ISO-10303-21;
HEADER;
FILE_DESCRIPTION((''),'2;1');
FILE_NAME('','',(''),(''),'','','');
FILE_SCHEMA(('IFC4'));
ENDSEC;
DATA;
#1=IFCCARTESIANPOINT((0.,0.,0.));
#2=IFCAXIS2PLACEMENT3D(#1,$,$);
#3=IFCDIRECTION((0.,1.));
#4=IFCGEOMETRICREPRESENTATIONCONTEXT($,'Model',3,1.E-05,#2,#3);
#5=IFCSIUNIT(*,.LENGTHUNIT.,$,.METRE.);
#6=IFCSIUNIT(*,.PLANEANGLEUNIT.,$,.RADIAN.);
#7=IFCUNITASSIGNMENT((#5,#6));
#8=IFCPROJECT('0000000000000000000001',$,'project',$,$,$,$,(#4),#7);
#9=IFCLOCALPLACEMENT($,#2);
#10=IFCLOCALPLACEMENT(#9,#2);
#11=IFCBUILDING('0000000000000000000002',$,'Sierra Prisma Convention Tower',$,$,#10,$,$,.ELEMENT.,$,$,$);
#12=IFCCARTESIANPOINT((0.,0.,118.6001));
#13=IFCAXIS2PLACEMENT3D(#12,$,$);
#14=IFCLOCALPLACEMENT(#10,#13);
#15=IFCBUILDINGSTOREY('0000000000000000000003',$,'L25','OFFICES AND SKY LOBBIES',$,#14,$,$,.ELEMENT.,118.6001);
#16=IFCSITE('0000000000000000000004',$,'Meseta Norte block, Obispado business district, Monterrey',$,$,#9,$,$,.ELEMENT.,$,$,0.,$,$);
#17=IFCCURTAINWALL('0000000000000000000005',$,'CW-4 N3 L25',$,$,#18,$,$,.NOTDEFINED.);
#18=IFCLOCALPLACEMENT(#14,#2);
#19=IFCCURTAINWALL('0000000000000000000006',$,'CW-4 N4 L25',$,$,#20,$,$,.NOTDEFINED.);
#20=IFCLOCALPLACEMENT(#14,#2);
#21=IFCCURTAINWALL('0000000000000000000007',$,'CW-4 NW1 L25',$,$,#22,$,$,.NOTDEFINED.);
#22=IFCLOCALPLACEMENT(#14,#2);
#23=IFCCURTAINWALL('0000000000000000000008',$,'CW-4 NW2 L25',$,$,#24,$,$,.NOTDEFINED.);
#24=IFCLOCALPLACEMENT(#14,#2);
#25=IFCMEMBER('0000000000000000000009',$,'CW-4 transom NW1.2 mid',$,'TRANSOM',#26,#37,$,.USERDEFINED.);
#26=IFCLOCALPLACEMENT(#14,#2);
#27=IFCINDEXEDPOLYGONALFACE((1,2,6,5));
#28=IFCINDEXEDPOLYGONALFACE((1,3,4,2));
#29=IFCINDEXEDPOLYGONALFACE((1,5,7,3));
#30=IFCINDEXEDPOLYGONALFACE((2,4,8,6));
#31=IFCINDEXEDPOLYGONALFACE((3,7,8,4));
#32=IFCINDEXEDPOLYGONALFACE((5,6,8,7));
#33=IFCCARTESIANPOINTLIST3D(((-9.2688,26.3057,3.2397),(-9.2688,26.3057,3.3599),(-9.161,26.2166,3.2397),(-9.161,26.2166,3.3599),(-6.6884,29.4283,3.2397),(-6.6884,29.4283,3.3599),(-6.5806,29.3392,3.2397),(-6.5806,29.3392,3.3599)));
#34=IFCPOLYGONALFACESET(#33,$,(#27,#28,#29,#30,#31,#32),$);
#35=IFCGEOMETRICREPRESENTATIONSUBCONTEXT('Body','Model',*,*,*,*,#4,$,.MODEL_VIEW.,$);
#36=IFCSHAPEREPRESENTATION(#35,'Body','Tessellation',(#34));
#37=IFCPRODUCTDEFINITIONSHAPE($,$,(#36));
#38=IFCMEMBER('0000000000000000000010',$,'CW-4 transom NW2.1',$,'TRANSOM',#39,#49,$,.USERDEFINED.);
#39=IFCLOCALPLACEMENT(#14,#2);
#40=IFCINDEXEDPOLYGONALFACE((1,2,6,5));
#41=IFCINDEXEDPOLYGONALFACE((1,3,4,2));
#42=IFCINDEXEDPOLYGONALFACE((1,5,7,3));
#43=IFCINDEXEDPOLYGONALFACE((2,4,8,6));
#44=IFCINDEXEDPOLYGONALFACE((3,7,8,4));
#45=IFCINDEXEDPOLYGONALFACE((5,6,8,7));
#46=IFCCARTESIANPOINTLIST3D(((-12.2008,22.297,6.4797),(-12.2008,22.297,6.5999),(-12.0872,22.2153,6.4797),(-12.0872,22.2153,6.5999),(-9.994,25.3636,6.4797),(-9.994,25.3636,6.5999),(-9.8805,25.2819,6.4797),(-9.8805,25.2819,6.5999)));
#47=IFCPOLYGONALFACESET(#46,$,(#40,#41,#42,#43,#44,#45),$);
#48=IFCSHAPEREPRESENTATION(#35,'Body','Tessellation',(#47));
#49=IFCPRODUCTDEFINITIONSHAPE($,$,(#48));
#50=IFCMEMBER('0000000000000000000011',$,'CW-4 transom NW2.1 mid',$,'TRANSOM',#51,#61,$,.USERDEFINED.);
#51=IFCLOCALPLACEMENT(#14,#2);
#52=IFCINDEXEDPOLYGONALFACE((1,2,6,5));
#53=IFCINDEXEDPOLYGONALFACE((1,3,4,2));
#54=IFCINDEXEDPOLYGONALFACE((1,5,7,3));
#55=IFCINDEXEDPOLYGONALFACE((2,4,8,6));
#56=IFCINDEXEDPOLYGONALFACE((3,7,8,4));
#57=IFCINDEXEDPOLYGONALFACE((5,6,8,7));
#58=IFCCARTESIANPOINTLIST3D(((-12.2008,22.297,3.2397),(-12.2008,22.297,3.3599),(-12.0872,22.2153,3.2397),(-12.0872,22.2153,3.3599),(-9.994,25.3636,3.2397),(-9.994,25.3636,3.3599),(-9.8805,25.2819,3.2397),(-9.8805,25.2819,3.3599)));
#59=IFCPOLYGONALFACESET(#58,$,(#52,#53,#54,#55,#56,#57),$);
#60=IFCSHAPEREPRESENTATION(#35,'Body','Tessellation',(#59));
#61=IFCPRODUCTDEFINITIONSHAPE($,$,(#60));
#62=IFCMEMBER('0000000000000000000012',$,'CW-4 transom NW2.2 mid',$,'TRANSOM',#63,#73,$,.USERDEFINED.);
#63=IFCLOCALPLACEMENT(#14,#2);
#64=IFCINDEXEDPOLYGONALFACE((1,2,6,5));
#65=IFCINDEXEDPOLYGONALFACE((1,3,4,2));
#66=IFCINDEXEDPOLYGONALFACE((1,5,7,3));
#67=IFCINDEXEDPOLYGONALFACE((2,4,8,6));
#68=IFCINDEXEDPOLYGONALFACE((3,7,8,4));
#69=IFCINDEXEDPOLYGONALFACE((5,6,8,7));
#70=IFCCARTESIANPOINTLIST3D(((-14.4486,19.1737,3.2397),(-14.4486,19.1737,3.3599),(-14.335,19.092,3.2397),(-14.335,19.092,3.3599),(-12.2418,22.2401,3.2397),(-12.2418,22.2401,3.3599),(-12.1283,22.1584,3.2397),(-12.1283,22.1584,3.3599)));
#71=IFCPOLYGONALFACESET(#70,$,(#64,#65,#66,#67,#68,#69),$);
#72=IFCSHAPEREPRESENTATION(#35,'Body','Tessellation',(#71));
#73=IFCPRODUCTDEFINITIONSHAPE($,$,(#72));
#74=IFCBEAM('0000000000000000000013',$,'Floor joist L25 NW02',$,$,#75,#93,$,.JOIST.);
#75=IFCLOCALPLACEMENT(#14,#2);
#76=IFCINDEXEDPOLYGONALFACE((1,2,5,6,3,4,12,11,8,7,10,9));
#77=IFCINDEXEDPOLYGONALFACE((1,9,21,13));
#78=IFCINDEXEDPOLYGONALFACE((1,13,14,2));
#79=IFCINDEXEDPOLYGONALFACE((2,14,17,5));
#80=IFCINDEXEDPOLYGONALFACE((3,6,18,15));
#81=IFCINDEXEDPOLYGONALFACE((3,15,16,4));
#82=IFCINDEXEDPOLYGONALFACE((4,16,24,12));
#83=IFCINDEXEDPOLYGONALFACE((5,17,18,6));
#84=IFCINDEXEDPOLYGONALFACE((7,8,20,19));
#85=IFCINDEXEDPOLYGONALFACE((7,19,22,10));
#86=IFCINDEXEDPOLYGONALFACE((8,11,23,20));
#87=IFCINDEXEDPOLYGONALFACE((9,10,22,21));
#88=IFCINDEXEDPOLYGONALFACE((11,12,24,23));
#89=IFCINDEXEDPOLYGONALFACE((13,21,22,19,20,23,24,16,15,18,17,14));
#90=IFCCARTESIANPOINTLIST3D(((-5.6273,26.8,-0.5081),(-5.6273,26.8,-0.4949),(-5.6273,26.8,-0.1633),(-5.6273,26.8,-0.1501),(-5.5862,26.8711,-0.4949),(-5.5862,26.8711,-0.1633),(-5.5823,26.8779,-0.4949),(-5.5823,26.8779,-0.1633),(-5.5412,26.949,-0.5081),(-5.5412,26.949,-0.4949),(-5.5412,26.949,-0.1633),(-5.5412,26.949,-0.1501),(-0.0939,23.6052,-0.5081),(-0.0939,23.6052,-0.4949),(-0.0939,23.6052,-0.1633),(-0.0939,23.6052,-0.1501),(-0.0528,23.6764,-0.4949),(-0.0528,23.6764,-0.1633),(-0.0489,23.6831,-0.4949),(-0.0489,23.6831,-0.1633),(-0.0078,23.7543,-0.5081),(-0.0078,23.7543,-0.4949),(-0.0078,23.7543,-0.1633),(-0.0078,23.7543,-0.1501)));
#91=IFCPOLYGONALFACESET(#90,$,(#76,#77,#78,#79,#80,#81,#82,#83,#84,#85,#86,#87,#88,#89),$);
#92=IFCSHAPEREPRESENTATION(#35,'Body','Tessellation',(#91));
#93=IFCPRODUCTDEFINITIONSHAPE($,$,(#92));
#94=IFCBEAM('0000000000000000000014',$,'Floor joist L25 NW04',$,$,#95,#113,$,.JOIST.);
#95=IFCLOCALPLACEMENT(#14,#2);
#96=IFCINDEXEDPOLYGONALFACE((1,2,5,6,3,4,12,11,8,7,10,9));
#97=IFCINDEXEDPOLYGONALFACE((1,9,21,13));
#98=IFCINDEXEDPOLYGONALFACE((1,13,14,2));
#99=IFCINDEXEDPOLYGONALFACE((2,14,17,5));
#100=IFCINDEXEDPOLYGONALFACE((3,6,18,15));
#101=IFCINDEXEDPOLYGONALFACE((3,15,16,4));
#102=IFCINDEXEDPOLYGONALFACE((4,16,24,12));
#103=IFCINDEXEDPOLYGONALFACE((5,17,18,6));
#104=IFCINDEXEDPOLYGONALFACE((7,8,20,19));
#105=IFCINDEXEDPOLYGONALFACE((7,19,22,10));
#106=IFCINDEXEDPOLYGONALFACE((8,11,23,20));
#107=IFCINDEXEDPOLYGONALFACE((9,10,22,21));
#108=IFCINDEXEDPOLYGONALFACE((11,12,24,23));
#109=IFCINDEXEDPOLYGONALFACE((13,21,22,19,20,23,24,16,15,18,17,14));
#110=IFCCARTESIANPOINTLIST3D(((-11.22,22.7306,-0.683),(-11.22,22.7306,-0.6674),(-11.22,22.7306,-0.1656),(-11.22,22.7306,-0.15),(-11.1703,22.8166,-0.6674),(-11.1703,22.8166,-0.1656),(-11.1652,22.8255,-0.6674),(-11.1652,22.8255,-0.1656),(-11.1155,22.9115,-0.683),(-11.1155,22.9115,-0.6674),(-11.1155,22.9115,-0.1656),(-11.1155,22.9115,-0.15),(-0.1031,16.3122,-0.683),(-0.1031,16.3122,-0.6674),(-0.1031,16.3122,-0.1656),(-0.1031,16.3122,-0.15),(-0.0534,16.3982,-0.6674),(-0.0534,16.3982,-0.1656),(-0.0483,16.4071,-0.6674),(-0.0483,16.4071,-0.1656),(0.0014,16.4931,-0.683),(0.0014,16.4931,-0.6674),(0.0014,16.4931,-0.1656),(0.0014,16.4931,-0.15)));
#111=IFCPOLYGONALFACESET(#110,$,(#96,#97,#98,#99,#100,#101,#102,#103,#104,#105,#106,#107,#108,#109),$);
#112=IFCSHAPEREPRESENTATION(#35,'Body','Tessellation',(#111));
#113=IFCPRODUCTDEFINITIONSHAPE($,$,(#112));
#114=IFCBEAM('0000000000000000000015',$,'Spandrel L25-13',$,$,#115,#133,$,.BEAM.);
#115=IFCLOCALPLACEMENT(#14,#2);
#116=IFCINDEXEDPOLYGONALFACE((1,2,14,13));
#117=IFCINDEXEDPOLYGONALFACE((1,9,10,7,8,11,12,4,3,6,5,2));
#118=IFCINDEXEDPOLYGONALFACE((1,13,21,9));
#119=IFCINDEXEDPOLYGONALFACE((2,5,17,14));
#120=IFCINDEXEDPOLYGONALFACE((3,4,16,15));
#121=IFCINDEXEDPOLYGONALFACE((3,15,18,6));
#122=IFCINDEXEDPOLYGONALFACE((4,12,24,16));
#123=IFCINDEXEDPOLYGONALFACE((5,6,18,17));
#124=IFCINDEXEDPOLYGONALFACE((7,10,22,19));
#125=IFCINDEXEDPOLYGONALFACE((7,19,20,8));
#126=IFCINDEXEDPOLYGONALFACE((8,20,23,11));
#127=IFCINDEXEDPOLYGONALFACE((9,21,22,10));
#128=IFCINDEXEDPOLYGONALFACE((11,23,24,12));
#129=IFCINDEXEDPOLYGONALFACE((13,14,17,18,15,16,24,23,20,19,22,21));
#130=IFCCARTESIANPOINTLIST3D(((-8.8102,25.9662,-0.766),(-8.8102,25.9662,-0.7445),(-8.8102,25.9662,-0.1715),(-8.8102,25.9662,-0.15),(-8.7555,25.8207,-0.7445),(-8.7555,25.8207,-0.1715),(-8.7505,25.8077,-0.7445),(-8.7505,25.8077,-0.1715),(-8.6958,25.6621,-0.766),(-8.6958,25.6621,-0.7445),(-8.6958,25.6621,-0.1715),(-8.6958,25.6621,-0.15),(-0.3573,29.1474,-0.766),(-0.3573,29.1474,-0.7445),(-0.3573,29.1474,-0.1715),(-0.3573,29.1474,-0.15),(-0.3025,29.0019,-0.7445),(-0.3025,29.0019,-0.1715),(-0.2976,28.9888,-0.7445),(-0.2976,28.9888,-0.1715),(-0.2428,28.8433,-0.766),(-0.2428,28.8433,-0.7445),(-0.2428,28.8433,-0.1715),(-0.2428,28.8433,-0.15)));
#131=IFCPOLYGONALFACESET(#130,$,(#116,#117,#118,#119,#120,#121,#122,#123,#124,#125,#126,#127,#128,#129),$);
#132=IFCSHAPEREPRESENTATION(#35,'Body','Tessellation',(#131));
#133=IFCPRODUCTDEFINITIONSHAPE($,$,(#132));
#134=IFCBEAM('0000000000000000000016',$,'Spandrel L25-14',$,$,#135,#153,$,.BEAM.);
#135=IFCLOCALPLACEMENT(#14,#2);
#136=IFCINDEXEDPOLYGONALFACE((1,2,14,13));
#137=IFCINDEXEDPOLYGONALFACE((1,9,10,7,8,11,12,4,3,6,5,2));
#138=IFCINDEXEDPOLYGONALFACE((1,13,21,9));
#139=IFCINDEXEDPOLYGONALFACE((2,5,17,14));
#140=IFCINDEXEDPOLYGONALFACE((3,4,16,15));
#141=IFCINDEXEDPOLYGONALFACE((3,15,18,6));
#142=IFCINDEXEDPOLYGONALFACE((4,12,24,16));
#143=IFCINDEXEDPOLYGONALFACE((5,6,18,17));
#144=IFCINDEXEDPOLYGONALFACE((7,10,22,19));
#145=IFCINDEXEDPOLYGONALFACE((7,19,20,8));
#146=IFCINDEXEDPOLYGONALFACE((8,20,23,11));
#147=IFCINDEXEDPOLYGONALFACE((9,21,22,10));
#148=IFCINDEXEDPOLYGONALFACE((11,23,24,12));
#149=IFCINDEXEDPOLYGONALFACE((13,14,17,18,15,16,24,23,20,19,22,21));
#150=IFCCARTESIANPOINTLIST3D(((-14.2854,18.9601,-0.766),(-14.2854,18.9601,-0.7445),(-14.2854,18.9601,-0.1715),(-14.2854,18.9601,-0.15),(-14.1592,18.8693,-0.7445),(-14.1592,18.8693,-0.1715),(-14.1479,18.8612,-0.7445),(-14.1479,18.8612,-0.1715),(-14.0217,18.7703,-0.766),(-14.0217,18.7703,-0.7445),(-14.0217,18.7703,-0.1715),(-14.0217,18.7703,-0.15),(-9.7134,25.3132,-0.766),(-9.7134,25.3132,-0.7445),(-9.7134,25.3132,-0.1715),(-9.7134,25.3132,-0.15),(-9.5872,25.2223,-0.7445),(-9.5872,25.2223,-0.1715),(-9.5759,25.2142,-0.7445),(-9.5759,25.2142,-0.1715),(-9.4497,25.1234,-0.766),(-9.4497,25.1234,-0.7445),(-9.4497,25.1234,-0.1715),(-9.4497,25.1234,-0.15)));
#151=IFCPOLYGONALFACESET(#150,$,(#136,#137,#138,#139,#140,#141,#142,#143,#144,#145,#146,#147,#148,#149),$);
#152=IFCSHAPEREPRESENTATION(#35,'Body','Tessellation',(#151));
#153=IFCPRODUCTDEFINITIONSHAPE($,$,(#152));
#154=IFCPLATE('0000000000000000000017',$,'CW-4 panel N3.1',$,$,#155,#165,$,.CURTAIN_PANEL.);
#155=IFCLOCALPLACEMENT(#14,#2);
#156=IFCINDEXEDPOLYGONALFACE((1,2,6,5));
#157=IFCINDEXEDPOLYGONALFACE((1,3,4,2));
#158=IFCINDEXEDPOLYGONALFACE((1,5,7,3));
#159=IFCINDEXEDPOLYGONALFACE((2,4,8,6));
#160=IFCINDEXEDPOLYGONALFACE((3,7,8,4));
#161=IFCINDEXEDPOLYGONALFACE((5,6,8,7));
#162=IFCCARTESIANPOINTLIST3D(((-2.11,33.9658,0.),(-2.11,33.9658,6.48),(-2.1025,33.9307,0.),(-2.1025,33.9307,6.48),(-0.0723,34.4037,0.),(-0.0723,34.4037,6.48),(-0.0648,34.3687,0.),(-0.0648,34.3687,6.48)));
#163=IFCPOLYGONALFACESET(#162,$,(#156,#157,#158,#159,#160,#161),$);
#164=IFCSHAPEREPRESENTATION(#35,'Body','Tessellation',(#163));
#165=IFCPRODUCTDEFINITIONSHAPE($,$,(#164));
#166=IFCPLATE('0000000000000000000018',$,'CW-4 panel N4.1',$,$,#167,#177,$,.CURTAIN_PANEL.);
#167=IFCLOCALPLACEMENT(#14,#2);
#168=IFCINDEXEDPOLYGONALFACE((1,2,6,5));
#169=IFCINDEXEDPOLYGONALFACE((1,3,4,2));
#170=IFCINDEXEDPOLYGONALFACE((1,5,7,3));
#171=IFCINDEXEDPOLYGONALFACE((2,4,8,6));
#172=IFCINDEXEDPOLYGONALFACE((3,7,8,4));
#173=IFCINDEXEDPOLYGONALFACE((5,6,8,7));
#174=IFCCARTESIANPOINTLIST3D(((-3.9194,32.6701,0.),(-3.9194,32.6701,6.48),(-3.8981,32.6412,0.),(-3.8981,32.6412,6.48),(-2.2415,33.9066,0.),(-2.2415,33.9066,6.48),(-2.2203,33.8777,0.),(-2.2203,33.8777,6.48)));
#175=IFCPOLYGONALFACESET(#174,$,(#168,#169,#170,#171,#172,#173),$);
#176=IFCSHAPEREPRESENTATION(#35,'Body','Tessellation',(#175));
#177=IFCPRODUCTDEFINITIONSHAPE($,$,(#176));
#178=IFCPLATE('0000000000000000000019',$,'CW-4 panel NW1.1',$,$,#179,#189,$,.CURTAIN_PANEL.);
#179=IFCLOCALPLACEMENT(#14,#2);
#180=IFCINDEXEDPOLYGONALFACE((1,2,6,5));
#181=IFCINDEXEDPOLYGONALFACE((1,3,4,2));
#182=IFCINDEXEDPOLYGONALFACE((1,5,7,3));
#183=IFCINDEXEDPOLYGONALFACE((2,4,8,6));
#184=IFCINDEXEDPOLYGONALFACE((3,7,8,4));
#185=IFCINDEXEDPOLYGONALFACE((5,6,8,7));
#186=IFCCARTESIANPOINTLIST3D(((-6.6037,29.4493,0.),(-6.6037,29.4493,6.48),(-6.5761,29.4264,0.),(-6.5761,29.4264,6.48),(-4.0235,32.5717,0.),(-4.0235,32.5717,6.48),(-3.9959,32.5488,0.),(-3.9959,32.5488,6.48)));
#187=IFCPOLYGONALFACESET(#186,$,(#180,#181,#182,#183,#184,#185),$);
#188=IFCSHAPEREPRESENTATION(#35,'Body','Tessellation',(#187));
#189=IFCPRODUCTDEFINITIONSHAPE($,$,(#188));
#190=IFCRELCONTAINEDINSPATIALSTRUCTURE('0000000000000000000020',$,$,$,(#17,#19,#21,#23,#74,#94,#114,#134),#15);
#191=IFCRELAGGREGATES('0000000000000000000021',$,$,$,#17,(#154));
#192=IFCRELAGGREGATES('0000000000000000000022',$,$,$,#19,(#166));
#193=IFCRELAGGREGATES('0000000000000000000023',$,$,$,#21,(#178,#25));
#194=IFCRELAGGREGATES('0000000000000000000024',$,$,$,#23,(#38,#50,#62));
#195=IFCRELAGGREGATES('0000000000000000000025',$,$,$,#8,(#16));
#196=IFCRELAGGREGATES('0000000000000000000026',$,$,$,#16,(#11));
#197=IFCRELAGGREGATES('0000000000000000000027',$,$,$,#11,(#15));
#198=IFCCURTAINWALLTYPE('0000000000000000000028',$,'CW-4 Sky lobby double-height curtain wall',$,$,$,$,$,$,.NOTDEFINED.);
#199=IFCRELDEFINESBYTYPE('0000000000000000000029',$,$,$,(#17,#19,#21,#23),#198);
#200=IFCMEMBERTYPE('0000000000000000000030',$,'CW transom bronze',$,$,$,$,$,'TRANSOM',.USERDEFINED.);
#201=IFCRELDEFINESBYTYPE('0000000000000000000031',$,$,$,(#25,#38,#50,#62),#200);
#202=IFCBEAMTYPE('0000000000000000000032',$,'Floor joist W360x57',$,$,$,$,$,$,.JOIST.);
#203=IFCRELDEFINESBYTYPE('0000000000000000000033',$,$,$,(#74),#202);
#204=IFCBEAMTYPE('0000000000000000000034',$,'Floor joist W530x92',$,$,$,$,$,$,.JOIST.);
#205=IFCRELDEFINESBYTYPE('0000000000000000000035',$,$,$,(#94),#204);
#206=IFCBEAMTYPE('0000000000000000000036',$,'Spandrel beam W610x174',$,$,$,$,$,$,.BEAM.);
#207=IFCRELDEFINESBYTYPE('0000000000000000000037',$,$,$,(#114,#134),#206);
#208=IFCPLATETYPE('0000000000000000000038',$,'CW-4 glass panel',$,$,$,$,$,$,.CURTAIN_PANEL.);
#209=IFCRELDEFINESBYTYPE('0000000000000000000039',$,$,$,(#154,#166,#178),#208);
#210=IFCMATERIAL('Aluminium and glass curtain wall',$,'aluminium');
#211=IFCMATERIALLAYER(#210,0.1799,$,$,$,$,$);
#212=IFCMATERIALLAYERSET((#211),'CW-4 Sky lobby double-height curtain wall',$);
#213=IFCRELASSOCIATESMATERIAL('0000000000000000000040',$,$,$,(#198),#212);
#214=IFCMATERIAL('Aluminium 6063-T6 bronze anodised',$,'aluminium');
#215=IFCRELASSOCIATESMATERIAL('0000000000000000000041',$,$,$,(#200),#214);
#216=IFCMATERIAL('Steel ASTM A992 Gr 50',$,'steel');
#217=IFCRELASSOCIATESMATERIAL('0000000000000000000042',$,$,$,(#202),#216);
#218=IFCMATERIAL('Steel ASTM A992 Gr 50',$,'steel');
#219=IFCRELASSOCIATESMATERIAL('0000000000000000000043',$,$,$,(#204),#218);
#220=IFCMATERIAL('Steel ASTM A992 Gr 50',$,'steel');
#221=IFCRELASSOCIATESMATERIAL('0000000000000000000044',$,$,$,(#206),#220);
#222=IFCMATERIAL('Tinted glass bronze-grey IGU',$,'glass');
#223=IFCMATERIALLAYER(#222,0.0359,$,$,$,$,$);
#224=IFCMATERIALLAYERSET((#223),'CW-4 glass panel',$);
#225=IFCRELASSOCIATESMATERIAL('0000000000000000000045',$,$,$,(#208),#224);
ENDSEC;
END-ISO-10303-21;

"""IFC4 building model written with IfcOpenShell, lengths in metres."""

from ifc_helpers import new_model, si_unit, direction, frame, origin, origin_2d, place, context, subcontext, project, spatial, rectangle, i_section, extrude, material, layer, layer_set, material_profile, profile_set, type_object, element, aggregate, save


model = new_model("IFC4")

# Units and contexts
model_context = context("Model", 3, precision=1e-05, world=origin(), true_north=direction((0.0, 1.0)))
body_context = subcontext(model_context, "Body", "Model", "MODEL_VIEW")
ifc_project = project(units=[si_unit("LENGTHUNIT", "METRE"), si_unit("PLANEANGLEUNIT", "RADIAN")], contexts=[model_context])

# Site, building, storey
site_placement = place(None, origin())
site = spatial("IfcSite", under=ifc_project, at=site_placement, Name="Meseta Norte block, Obispado business district, Monterrey", CompositionType="ELEMENT", RefElevation=0.0)
building_placement = place(site_placement, origin())
building = spatial("IfcBuilding", under=site, at=building_placement, Name="Sierra Prisma Convention Tower", CompositionType="ELEMENT")
storey_placement = place(building_placement, frame((0.0, 0.0, 118.6001)))
storey = spatial("IfcBuildingStorey", under=building, at=storey_placement, Name="L25", Description="OFFICES AND SKY LOBBIES", CompositionType="ELEMENT", Elevation=118.6001)

# Curtain walls
ifc_material_1 = material(Name="Aluminium and glass curtain wall", Category="aluminium")
ifc_layer_1 = layer(ifc_material_1, 0.1799)
ifc_layer_set_1 = layer_set([ifc_layer_1], Name="CW-4 Sky lobby double-height curtain wall")
curtain_wall_type = type_object("IfcCurtainWallType", Name="CW-4 Sky lobby double-height curtain wall", PredefinedType="NOTDEFINED", material=ifc_layer_set_1)
curtain_wall_1_placement = place(storey_placement, origin())
curtain_wall_1 = element("IfcCurtainWall", 1, at=curtain_wall_1_placement, inside=storey, type_object=curtain_wall_type, Name="CW-4 N3 L25", PredefinedType="NOTDEFINED")
curtain_wall_2_placement = place(storey_placement, origin())
curtain_wall_2 = element("IfcCurtainWall", 2, at=curtain_wall_2_placement, inside=storey, type_object=curtain_wall_type, Name="CW-4 N4 L25", PredefinedType="NOTDEFINED")

# Curtain walls
curtain_wall_3_placement = place(storey_placement, origin())
curtain_wall_3 = element("IfcCurtainWall", 3, at=curtain_wall_3_placement, inside=storey, type_object=curtain_wall_type, Name="CW-4 NW1 L25", PredefinedType="NOTDEFINED")
curtain_wall_4_placement = place(storey_placement, origin())
curtain_wall_4 = element("IfcCurtainWall", 4, at=curtain_wall_4_placement, inside=storey, type_object=curtain_wall_type, Name="CW-4 NW2 L25", PredefinedType="NOTDEFINED")

# Members
ifc_material_2 = material(Name="Aluminium 6063-T6 bronze anodised", Category="aluminium")
ifc_material_profile_1 = material_profile(ifc_material_2, rectangle(XDim=0.1399, YDim=0.1201, at=origin_2d()), Name="ALU TRANSOM 120x140")
ifc_profile_set_1 = profile_set([ifc_material_profile_1], Name="Aluminium 6063-T6 bronze anodised")
member_type_1 = type_object("IfcMemberType", Name="CW transom bronze", ElementType="TRANSOM", PredefinedType="USERDEFINED", material=ifc_profile_set_1)
member_1_placement = place(storey_placement, frame((-6.6345, 29.3838, 3.2998), z_axis=(-0.637001, -0.770863, 0.0), x_axis=(0.770863, -0.637001, 0.0)))
member_1 = element("IfcMember", 5, at=member_1_placement, type_object=member_type_1, Name="CW-4 transom NW1.2 mid", ObjectType="TRANSOM", PredefinedType="USERDEFINED", context=body_context, shape_type="SweptSolid", body=[
    extrude(rectangle(XDim=0.1399, YDim=0.1201, at=origin_2d()), origin(), (0.0, 0.0, 1.0), 4.0508),
])
member_2_placement = place(storey_placement, frame((-9.9373, 25.3228, 6.5398), z_axis=(-0.584095, -0.811685, 0.0), x_axis=(0.811685, -0.584095, 0.0)))
member_2 = element("IfcMember", 6, at=member_2_placement, type_object=member_type_1, Name="CW-4 transom NW2.1", ObjectType="TRANSOM", PredefinedType="USERDEFINED", context=body_context, shape_type="SweptSolid", body=[
    extrude(rectangle(XDim=0.1399, YDim=0.1201, at=origin_2d()), origin(), (0.0, 0.0, 1.0), 3.7781),
])
member_3_placement = place(storey_placement, frame((-9.9373, 25.3228, 3.2998), z_axis=(-0.584095, -0.811685, 0.0), x_axis=(0.811685, -0.584095, 0.0)))
member_3 = element("IfcMember", 7, at=member_3_placement, type_object=member_type_1, Name="CW-4 transom NW2.1 mid", ObjectType="TRANSOM", PredefinedType="USERDEFINED", context=body_context, shape_type="SweptSolid", body=[
    extrude(rectangle(XDim=0.1399, YDim=0.1201, at=origin_2d()), origin(), (0.0, 0.0, 1.0), 3.7781),
])
member_4_placement = place(storey_placement, frame((-12.1851, 22.1992, 3.2998), z_axis=(-0.584126, -0.811663, 0.0), x_axis=(0.811663, -0.584126, 0.0)))
member_4 = element("IfcMember", 8, at=member_4_placement, type_object=member_type_1, Name="CW-4 transom NW2.2 mid", ObjectType="TRANSOM", PredefinedType="USERDEFINED", context=body_context, shape_type="SweptSolid", body=[
    extrude(rectangle(XDim=0.1399, YDim=0.1201, at=origin_2d()), origin(), (0.0, 0.0, 1.0), 3.7778),
])

# Beams
ifc_material_3 = material(Name="Steel ASTM A992 Gr 50", Category="steel")
ifc_material_profile_2 = material_profile(ifc_material_3, i_section(OverallWidth=0.1721, OverallDepth=0.3579, WebThickness=0.0078, FlangeThickness=0.0132, at=origin_2d()), Name="W360x57")
ifc_profile_set_2 = profile_set([ifc_material_profile_2], Name="Steel ASTM A992 Gr 50")
beam_type_1 = type_object("IfcBeamType", Name="Floor joist W360x57", PredefinedType="JOIST", material=ifc_profile_set_2)
beam_1_placement = place(storey_placement, frame((-5.5842, 26.8745, -0.3291), z_axis=(0.86602, -0.50001, 0.0), x_axis=(0.50001, 0.86602, 0.0)))
element("IfcBeam", 9, at=beam_1_placement, inside=storey, type_object=beam_type_1, Name="Floor joist L25 NW02", PredefinedType="JOIST", context=body_context, shape_type="SweptSolid", body=[
    extrude(i_section(OverallWidth=0.1721, OverallDepth=0.3579, WebThickness=0.0078, FlangeThickness=0.0132, at=origin_2d()), origin(), (0.0, 0.0, 1.0), 6.3894),
])
ifc_material_4 = material(Name="Steel ASTM A992 Gr 50", Category="steel")
ifc_material_profile_3 = material_profile(ifc_material_4, i_section(OverallWidth=0.209, OverallDepth=0.533, WebThickness=0.0103, FlangeThickness=0.0156, at=origin_2d()), Name="W530x92")
ifc_profile_set_3 = profile_set([ifc_material_profile_3], Name="Steel ASTM A992 Gr 50")
beam_type_2 = type_object("IfcBeamType", Name="Floor joist W530x92", PredefinedType="JOIST", material=ifc_profile_set_3)
beam_2_placement = place(storey_placement, frame((-11.1677, 22.821, -0.4165), z_axis=(0.866022, -0.500005, 0.0), x_axis=(0.500005, 0.866022, 0.0)))
element("IfcBeam", 10, at=beam_2_placement, inside=storey, type_object=beam_type_2, Name="Floor joist L25 NW04", PredefinedType="JOIST", context=body_context, shape_type="SweptSolid", body=[
    extrude(i_section(OverallWidth=0.209, OverallDepth=0.533, WebThickness=0.0103, FlangeThickness=0.0156, at=origin_2d()), origin(), (0.0, 0.0, 1.0), 12.8367),
])
ifc_material_5 = material(Name="Steel ASTM A992 Gr 50", Category="steel")
ifc_material_profile_4 = material_profile(ifc_material_5, i_section(OverallWidth=0.325, OverallDepth=0.616, WebThickness=0.0139, FlangeThickness=0.0215, at=origin_2d()), Name="W610x174")
ifc_profile_set_4 = profile_set([ifc_material_profile_4], Name="Steel ASTM A992 Gr 50")
beam_type_3 = type_object("IfcBeamType", Name="Spandrel beam W610x174", PredefinedType="BEAM", material=ifc_profile_set_4)
beam_3_placement = place(storey_placement, frame((-0.3, 28.9954, -0.458), z_axis=(-0.935916, -0.352222, 0.0), x_axis=(0.352222, -0.935916, 0.0)))
element("IfcBeam", 11, at=beam_3_placement, inside=storey, type_object=beam_type_3, Name="Spandrel L25-13", PredefinedType="BEAM", context=body_context, shape_type="SweptSolid", body=[
    extrude(i_section(OverallWidth=0.325, OverallDepth=0.616, WebThickness=0.0139, FlangeThickness=0.0215, at=origin_2d()), origin(), (0.0, 0.0, 1.0), 9.0317),
])
beam_4_placement = place(storey_placement, frame((-9.5815, 25.2183, -0.458), z_axis=(-0.584123, -0.811665, 0.0), x_axis=(0.811665, -0.584123, 0.0)))
element("IfcBeam", 12, at=beam_4_placement, inside=storey, type_object=beam_type_3, Name="Spandrel L25-14", PredefinedType="BEAM", context=body_context, shape_type="SweptSolid", body=[
    extrude(i_section(OverallWidth=0.325, OverallDepth=0.616, WebThickness=0.0139, FlangeThickness=0.0215, at=origin_2d()), origin(), (0.0, 0.0, 1.0), 7.8271),
])

# Plates
ifc_material_6 = material(Name="Tinted glass bronze-grey IGU", Category="glass")
ifc_layer_2 = layer(ifc_material_6, 0.0359)
ifc_layer_set_2 = layer_set([ifc_layer_2], Name="CW-4 glass panel")
plate_type = type_object("IfcPlateType", Name="CW-4 glass panel", PredefinedType="CURTAIN_PANEL", material=ifc_layer_set_2)
plate_1_placement = place(storey_placement, frame((-1.0874, 34.1672, 0.0), z_axis=(0.0, 0.0, 1.0), x_axis=(-0.977676, -0.210119, 0.0)))
plate_1 = element("IfcPlate", 13, at=plate_1_placement, type_object=plate_type, Name="CW-4 panel N3.1", PredefinedType="CURTAIN_PANEL", context=body_context, shape_type="SweptSolid", body=[
    extrude(rectangle(XDim=2.0842, YDim=0.0359, at=origin_2d()), origin(), (0.0, 0.0, 1.0), 6.48),
])
aggregate(curtain_wall_1, [plate_1])
plate_2_placement = place(storey_placement, frame((-3.0698, 33.2739, 0.0), z_axis=(0.0, 0.0, 1.0), x_axis=(-0.805017, -0.593251, 0.0)))
plate_2 = element("IfcPlate", 14, at=plate_2_placement, type_object=plate_type, Name="CW-4 panel N4.1", PredefinedType="CURTAIN_PANEL", context=body_context, shape_type="SweptSolid", body=[
    extrude(rectangle(XDim=2.0842, YDim=0.0359, at=origin_2d()), origin(), (0.0, 0.0, 1.0), 6.48),
])
aggregate(curtain_wall_2, [plate_2])
plate_3_placement = place(storey_placement, frame((-5.2998, 30.999, 0.0), z_axis=(0.0, 0.0, 1.0), x_axis=(-0.637005, -0.77086, 0.0)))
plate_3 = element("IfcPlate", 15, at=plate_3_placement, type_object=plate_type, Name="CW-4 panel NW1.1", PredefinedType="CURTAIN_PANEL", context=body_context, shape_type="SweptSolid", body=[
    extrude(rectangle(XDim=4.0505, YDim=0.0359, at=origin_2d()), origin(), (0.0, 0.0, 1.0), 6.48),
])
aggregate(curtain_wall_3, [plate_3, member_1])
aggregate(curtain_wall_4, [member_2, member_3, member_4])

save(model, "model.ifc")
